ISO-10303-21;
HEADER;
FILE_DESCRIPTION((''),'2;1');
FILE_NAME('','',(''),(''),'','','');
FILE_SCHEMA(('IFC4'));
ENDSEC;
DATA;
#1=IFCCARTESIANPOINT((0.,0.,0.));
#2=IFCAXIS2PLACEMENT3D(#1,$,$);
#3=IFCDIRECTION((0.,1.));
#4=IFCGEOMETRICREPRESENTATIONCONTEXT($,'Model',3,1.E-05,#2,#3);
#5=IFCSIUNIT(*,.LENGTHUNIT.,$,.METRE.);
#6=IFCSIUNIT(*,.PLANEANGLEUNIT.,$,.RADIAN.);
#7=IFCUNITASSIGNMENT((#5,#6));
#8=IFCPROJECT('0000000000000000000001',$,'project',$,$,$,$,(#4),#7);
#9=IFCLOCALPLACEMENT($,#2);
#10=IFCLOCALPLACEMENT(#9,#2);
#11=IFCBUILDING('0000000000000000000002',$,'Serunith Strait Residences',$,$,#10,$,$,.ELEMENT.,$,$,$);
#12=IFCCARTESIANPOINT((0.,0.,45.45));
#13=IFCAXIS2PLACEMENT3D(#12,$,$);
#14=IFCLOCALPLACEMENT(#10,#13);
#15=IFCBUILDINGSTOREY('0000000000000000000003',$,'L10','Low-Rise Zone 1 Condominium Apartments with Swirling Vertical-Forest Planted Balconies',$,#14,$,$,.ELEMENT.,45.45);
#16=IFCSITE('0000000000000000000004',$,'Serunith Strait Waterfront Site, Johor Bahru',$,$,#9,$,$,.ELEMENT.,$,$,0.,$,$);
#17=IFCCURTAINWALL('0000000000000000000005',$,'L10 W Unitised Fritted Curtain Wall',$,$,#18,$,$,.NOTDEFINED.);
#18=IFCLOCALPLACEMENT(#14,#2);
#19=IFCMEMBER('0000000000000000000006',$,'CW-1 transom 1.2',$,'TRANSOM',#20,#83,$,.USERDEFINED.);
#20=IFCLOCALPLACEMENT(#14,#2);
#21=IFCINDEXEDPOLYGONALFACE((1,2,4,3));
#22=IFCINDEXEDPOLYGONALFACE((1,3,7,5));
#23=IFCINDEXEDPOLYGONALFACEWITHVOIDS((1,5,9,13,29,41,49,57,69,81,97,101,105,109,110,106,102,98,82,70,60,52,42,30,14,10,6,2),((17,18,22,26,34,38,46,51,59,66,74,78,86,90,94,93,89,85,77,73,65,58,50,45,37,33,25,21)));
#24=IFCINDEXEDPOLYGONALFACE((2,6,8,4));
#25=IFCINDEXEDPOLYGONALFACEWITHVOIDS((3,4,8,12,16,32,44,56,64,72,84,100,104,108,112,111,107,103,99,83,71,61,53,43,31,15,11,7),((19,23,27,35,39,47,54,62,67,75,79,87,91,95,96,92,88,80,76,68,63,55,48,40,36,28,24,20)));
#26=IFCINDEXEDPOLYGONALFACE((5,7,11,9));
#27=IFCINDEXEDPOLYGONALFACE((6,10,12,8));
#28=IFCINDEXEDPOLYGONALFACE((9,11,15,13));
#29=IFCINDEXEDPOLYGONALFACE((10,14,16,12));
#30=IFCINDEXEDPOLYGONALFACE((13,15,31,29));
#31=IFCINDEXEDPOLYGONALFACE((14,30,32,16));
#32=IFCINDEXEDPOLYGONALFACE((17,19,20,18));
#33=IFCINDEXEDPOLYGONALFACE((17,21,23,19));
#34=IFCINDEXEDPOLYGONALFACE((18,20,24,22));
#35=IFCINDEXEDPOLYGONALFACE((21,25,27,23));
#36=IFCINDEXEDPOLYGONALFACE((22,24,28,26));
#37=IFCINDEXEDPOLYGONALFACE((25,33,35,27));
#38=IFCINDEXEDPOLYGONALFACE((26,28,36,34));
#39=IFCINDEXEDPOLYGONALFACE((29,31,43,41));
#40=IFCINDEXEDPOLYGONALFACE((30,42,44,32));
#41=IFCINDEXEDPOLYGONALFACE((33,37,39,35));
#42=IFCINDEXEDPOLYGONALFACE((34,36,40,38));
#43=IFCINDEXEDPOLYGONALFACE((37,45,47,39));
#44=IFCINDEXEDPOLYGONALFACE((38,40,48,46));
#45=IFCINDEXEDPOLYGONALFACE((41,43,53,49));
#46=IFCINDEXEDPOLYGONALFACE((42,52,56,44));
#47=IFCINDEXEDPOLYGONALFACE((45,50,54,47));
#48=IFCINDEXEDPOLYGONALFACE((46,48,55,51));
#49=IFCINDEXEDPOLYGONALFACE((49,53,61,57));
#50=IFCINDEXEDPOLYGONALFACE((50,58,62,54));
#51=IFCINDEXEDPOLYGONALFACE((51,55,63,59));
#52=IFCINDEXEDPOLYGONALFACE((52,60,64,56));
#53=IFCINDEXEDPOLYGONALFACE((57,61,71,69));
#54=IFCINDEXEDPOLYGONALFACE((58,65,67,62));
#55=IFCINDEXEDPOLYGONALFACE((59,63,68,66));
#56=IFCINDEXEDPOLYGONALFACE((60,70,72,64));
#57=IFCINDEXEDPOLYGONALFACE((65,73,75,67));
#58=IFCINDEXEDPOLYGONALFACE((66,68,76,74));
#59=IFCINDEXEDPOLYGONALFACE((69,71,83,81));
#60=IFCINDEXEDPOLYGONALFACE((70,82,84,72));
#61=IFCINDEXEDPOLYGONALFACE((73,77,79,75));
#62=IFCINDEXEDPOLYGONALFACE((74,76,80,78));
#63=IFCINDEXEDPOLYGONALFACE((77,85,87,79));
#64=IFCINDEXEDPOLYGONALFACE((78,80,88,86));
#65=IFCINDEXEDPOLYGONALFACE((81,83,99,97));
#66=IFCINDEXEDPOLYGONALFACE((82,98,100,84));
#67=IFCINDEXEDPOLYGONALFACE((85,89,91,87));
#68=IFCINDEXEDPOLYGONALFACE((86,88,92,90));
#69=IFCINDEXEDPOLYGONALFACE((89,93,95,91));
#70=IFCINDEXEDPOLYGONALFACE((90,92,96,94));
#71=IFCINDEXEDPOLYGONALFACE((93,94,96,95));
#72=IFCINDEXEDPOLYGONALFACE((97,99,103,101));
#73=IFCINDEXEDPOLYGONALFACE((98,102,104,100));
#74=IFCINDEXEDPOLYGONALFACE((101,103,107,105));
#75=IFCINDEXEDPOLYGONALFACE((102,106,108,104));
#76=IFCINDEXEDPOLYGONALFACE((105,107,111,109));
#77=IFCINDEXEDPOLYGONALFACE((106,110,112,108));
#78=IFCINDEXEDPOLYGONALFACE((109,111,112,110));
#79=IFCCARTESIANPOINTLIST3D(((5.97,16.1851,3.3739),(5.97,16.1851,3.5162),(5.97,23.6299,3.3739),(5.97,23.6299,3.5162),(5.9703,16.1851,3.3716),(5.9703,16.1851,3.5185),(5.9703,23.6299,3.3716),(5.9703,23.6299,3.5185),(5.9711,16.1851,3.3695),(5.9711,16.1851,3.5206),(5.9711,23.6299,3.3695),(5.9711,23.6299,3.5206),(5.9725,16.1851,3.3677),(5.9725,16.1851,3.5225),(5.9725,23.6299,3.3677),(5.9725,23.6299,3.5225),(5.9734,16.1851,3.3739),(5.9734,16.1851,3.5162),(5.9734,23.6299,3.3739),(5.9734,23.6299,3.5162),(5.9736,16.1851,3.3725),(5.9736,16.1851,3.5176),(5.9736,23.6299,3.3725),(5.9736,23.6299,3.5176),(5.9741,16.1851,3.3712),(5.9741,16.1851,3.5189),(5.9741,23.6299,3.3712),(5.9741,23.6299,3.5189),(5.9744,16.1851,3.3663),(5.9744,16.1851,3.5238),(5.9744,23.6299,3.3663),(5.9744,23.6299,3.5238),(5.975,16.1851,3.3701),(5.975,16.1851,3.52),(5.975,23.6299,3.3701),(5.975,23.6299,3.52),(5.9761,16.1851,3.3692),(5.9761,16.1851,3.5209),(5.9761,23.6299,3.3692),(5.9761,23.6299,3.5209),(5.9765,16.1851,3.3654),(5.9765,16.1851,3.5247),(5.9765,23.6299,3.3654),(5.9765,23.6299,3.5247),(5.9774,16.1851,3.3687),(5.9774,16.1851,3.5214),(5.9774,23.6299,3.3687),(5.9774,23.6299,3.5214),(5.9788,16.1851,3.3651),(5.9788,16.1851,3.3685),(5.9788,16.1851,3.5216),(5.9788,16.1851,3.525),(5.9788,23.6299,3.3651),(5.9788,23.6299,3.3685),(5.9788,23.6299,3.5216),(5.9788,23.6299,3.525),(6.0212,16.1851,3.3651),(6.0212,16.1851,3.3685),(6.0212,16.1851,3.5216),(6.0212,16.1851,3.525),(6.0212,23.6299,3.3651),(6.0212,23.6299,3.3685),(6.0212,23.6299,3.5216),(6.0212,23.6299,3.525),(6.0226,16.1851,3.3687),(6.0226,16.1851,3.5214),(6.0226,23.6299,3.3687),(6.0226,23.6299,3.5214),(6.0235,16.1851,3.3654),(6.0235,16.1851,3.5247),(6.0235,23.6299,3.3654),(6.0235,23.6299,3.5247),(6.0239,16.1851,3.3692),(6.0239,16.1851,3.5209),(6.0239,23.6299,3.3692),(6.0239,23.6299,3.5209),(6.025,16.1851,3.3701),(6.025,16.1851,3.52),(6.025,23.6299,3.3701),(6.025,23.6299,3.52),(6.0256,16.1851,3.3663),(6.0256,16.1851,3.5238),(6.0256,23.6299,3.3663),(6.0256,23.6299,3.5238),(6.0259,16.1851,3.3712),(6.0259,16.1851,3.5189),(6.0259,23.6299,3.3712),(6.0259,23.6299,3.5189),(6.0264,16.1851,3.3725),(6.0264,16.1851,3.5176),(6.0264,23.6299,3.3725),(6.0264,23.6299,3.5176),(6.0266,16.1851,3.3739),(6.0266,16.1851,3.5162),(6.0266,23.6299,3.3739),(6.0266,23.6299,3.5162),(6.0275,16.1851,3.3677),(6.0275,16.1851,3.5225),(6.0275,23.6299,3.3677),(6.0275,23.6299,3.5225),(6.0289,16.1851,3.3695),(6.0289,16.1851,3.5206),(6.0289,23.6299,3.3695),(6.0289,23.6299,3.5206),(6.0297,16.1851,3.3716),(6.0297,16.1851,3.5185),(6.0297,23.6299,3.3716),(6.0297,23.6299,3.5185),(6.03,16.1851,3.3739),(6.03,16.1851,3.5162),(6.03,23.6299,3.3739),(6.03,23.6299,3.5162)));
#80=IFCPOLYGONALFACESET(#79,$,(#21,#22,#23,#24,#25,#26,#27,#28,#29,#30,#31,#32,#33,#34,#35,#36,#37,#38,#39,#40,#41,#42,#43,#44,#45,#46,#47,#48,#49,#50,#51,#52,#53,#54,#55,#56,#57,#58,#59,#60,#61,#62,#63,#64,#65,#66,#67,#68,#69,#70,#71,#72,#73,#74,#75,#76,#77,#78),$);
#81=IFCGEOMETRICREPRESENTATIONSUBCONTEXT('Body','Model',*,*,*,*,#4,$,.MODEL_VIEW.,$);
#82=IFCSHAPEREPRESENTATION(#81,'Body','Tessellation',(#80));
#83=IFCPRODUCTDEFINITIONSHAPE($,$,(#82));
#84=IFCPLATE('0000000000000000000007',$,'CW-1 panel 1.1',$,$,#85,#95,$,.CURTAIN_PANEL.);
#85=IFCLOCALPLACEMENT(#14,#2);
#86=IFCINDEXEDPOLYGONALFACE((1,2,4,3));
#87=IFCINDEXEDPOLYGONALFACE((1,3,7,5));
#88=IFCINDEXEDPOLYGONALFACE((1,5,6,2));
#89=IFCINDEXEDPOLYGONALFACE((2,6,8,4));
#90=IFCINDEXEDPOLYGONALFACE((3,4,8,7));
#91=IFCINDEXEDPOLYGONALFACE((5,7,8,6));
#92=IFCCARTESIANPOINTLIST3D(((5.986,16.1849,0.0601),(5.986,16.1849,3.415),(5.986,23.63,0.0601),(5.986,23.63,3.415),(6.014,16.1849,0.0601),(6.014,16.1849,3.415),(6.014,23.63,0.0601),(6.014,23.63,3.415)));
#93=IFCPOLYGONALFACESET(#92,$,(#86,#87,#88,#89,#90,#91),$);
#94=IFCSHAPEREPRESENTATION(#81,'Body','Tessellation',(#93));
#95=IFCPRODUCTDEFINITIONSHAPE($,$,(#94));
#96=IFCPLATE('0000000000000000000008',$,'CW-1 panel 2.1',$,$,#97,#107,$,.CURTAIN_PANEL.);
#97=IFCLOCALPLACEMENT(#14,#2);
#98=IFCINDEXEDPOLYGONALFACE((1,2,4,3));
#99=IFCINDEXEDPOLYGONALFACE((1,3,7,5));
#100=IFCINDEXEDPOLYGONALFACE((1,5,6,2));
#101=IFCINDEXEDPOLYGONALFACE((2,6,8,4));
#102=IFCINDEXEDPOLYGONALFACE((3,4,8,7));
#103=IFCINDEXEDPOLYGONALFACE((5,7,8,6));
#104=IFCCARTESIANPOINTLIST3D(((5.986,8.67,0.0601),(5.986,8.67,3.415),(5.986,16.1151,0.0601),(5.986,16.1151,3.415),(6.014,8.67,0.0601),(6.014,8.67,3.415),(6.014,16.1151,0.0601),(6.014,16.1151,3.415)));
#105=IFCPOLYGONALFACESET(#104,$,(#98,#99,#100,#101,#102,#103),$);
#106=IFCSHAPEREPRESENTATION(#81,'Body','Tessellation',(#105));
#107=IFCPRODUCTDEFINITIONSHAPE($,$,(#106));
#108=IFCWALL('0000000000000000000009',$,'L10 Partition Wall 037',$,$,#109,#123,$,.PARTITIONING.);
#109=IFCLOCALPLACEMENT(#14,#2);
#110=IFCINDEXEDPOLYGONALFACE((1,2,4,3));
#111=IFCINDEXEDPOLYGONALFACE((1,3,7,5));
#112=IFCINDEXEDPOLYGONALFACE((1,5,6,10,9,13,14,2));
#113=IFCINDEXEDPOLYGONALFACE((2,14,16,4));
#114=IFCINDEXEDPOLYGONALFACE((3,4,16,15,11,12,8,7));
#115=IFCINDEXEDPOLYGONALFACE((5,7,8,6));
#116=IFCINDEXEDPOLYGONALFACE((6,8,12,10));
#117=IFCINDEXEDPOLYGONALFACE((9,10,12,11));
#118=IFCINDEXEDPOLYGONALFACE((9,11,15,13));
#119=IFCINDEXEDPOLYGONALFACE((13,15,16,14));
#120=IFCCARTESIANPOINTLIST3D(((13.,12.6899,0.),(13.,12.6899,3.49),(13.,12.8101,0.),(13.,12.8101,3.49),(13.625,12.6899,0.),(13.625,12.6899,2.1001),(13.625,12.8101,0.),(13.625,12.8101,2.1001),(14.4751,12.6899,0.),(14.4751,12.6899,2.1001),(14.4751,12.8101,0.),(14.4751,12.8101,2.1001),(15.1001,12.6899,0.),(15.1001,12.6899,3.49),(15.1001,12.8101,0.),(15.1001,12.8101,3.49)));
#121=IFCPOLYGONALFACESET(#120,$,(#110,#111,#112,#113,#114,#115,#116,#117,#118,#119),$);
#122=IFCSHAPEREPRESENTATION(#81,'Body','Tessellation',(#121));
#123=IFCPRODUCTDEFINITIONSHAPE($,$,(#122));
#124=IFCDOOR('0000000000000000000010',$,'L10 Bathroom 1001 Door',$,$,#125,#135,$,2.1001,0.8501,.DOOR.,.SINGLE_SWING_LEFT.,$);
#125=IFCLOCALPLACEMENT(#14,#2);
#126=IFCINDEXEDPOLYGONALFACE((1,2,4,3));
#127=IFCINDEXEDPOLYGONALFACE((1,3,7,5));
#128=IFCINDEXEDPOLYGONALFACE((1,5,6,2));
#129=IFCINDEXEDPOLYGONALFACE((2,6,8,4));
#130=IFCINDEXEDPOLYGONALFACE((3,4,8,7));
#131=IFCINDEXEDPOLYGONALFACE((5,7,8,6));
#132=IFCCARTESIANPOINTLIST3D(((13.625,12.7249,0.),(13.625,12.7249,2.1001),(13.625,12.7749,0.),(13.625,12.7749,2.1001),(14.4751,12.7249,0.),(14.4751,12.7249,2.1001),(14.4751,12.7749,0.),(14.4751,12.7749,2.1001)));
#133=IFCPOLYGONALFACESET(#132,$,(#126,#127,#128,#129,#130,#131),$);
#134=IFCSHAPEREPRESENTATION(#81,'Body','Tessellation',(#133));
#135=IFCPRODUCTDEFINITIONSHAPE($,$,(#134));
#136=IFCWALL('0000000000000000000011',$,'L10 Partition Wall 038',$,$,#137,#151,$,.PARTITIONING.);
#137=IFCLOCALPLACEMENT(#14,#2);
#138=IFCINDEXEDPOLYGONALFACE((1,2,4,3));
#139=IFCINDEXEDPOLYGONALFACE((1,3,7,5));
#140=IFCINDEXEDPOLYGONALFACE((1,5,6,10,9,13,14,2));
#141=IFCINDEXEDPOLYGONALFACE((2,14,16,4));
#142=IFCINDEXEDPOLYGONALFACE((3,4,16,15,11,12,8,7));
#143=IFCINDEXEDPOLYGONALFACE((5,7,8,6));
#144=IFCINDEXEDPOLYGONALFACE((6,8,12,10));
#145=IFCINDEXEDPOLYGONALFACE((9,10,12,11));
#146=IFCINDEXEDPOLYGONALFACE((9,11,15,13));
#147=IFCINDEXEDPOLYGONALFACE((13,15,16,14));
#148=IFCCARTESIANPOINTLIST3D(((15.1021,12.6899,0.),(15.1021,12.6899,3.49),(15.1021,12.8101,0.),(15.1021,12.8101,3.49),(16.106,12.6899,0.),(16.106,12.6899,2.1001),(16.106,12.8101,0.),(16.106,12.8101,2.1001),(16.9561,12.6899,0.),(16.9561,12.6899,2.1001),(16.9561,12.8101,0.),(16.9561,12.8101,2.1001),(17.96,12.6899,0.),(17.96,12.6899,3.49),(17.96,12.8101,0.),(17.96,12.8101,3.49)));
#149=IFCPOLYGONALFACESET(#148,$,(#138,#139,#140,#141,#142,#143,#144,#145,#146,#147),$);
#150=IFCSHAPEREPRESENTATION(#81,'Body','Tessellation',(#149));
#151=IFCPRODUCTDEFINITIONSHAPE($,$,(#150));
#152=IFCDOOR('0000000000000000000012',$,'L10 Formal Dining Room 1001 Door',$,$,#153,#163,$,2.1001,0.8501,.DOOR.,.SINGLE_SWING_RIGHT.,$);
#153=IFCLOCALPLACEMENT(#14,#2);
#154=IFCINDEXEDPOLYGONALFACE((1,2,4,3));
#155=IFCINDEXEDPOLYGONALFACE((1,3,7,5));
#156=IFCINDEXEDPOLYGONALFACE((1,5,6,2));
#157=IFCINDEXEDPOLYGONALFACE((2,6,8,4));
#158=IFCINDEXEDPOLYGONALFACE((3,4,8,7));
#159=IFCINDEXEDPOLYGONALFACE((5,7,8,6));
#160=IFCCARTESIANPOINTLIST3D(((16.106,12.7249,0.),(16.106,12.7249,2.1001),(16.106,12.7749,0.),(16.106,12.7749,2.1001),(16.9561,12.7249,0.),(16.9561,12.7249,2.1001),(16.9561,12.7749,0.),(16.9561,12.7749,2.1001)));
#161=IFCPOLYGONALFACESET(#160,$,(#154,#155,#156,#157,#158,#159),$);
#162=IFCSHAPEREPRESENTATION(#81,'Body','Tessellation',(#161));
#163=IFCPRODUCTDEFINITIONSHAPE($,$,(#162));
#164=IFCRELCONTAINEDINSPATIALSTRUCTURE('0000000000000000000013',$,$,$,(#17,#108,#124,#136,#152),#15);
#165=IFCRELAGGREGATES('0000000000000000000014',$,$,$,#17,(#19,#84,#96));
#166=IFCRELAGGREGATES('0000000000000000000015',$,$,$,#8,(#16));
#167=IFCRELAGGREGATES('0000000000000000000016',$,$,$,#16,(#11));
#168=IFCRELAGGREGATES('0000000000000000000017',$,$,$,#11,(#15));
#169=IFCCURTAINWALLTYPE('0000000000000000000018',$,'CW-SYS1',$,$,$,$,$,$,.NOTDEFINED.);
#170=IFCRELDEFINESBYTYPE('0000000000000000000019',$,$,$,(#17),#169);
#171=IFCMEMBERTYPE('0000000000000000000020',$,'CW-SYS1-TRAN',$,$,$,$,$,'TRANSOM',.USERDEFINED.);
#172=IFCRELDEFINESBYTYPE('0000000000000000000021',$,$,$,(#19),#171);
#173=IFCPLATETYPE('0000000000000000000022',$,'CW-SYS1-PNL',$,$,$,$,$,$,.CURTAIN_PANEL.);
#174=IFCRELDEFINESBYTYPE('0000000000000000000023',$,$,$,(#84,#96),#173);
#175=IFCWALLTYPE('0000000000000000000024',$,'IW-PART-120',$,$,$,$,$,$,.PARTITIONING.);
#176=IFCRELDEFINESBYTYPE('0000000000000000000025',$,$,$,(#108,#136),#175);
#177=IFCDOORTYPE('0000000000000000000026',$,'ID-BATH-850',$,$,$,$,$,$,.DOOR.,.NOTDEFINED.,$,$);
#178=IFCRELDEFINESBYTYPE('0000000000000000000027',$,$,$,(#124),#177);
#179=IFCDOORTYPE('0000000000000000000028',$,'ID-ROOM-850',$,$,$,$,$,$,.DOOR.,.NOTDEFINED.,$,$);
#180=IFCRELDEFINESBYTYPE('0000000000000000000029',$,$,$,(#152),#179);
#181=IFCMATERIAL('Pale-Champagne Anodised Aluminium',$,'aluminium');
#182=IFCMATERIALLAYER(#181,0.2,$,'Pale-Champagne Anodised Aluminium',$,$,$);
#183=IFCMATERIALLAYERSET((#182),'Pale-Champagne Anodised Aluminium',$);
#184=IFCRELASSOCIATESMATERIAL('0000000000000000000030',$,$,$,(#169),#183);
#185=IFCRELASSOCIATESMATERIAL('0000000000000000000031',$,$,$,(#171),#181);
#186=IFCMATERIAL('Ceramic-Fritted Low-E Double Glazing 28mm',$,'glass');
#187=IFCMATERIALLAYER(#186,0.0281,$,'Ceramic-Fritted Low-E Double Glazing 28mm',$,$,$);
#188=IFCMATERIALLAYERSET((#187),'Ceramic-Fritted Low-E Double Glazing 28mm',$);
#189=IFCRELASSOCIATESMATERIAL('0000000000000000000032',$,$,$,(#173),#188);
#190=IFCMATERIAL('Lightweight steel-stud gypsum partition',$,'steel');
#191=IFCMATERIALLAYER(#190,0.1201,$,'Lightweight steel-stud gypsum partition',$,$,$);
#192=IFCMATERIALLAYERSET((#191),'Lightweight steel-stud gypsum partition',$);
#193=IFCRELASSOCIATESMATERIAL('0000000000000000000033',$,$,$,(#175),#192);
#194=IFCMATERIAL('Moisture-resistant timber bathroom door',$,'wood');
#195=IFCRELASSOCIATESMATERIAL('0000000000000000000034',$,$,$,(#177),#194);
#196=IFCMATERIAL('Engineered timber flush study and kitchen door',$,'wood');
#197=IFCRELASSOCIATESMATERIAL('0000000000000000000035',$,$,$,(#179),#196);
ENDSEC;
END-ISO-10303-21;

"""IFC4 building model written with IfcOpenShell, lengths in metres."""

from ifc_helpers import new_model, si_unit, direction, frame, frame_2d, origin, origin_2d, place, context, subcontext, project, spatial, rectangle, hollow_rectangle, extrude, source, transform, mapped, material, layer, layer_set, material_profile, profile_set, type_object, element, fill, aggregate, save


model = new_model("IFC4")

# Units and contexts
model_context = context("Model", 3, precision=1e-05, world=origin(), true_north=direction((0.0, 1.0)))
body_context = subcontext(model_context, "Body", "Model", "MODEL_VIEW")
ifc_project = project(units=[si_unit("LENGTHUNIT", "METRE"), si_unit("PLANEANGLEUNIT", "RADIAN")], contexts=[model_context])

# Site, building, storey
site_placement = place(None, origin())
site = spatial("IfcSite", under=ifc_project, at=site_placement, Name="Serunith Strait Waterfront Site, Johor Bahru", CompositionType="ELEMENT", RefElevation=0.0)
building_placement = place(site_placement, origin())
building = spatial("IfcBuilding", under=site, at=building_placement, Name="Serunith Strait Residences", CompositionType="ELEMENT")
storey_placement = place(building_placement, frame((0.0, 0.0, 45.45)))
storey = spatial("IfcBuildingStorey", under=building, at=storey_placement, Name="L10", Description="Low-Rise Zone 1 Condominium Apartments with Swirling Vertical-Forest Planted Balconies", CompositionType="ELEMENT", Elevation=45.45)

# Curtain wall, member, plates
ifc_material_1 = material(Name="Pale-Champagne Anodised Aluminium", Category="aluminium")
ifc_layer_1 = layer(ifc_material_1, 0.2, Name="Pale-Champagne Anodised Aluminium")
ifc_layer_set_1 = layer_set([ifc_layer_1], Name="Pale-Champagne Anodised Aluminium")
curtain_wall_type = type_object("IfcCurtainWallType", Name="CW-SYS1", PredefinedType="NOTDEFINED", material=ifc_layer_set_1)
curtain_wall_placement = place(storey_placement, origin())
curtain_wall = element("IfcCurtainWall", 1, at=curtain_wall_placement, inside=storey, type_object=curtain_wall_type, Name="L10 W Unitised Fritted Curtain Wall", PredefinedType="NOTDEFINED")
ifc_material_profile_1 = material_profile(ifc_material_1, hollow_rectangle(XDim=0.0601, YDim=0.1599, WallThickness=0.0034, InnerFilletRadius=0.0054, OuterFilletRadius=0.0088, at=origin_2d()), Name="ALU 160x60x3.5")
ifc_profile_set_1 = profile_set([ifc_material_profile_1], Name="Pale-Champagne Anodised Aluminium")
member_type_1 = type_object("IfcMemberType", Name="CW-SYS1-TRAN", ElementType="TRANSOM", PredefinedType="USERDEFINED", material=ifc_profile_set_1)
shared_shape_1 = source(origin(), body_context, "Body", "SweptSolid", [
    extrude(hollow_rectangle(XDim=0.0601, YDim=0.1599, WallThickness=0.0034, InnerFilletRadius=0.0054, OuterFilletRadius=0.0088, at=origin_2d()), origin(), (0.0, 0.0, 1.0), 7.4448),
])
member_1_placement = place(storey_placement, frame((6.0, 23.6299, 3.4451), z_axis=(0.0, -1.0, 0.0), x_axis=(1.0, 0.0, 0.0)))
member_1 = element("IfcMember", 2, at=member_1_placement, type_object=member_type_1, Name="CW-1 transom 1.2", ObjectType="TRANSOM", PredefinedType="USERDEFINED", context=body_context, shape_type="MappedRepresentation", body=[
    mapped(shared_shape_1, transform((0.0, 0.0, 0.0), scale=1.0)),
])
ifc_material_2 = material(Name="Ceramic-Fritted Low-E Double Glazing 28mm", Category="glass")
ifc_layer_2 = layer(ifc_material_2, 0.0281, Name="Ceramic-Fritted Low-E Double Glazing 28mm")
ifc_layer_set_2 = layer_set([ifc_layer_2], Name="Ceramic-Fritted Low-E Double Glazing 28mm")
plate_type = type_object("IfcPlateType", Name="CW-SYS1-PNL", PredefinedType="CURTAIN_PANEL", material=ifc_layer_set_2)
shared_shape_2 = source(origin(), body_context, "Body", "SweptSolid", [
    extrude(rectangle(XDim=7.4451, YDim=0.0281, at=origin_2d()), origin(), (0.0, 0.0, 1.0), 3.355),
])
plate_1_placement = place(storey_placement, frame((6.0, 19.9075, 0.0601), z_axis=(0.0, 0.0, 1.0), x_axis=(0.0, -1.0, 0.0)))
plate_1 = element("IfcPlate", 3, at=plate_1_placement, type_object=plate_type, Name="CW-1 panel 1.1", PredefinedType="CURTAIN_PANEL", context=body_context, shape_type="MappedRepresentation", body=[
    mapped(shared_shape_2, transform((0.0, 0.0, 0.0), scale=1.0)),
])
plate_2_placement = place(storey_placement, frame((6.0, 12.3926, 0.0601), z_axis=(0.0, 0.0, 1.0), x_axis=(0.0, -1.0, 0.0)))
plate_2 = element("IfcPlate", 4, at=plate_2_placement, type_object=plate_type, Name="CW-1 panel 2.1", PredefinedType="CURTAIN_PANEL", context=body_context, shape_type="MappedRepresentation", body=[
    mapped(shared_shape_2, transform((0.0, 0.0, 0.0), scale=1.0)),
])
aggregate(curtain_wall, [member_1, plate_1, plate_2])

# Walls, openings, doors
ifc_material_3 = material(Name="Lightweight steel-stud gypsum partition", Category="steel")
ifc_layer_3 = layer(ifc_material_3, 0.1201, Name="Lightweight steel-stud gypsum partition")
ifc_layer_set_3 = layer_set([ifc_layer_3], Name="Lightweight steel-stud gypsum partition")
wall_type_1 = type_object("IfcWallType", Name="IW-PART-120", PredefinedType="PARTITIONING", material=ifc_layer_set_3)
wall_1_placement = place(storey_placement, frame((13.0, 12.75, 0.0), z_axis=(0.0, 0.0, 1.0), x_axis=(1.0, 0.0, 0.0)))
wall_1 = element("IfcWall", 5, at=wall_1_placement, inside=storey, type_object=wall_type_1, Name="L10 Partition Wall 037", PredefinedType="PARTITIONING", context=body_context, shape_type="SweptSolid", body=[
    extrude(rectangle(XDim=2.1001, YDim=0.1201, at=frame_2d((1.05, 0.0))), origin(), (0.0, 0.0, 1.0), 3.49),
])
opening_1_placement = place(wall_1_placement, frame((0.625, 0.0, 0.0)))
opening_1 = element("IfcOpeningElement", 6, at=opening_1_placement, cuts=wall_1, PredefinedType="OPENING", context=body_context, shape_type="SweptSolid", body=[
    extrude(rectangle(XDim=0.8501, YDim=2.1001, at=frame_2d((0.425, 1.05))), frame((0.0, 0.0701, 0.0), z_axis=(0.0, -1.0, 0.0), x_axis=(1.0, 0.0, 0.0)), (0.0, 0.0, 1.0), 0.1401),
])
ifc_material_4 = material(Name="Moisture-resistant timber bathroom door", Category="wood")
door_type_1 = type_object("IfcDoorType", Name="ID-BATH-850", OperationType="NOTDEFINED", PredefinedType="DOOR", material=ifc_material_4)
shared_shape_3 = source(origin(), body_context, "Body", "SweptSolid", [
    extrude(rectangle(XDim=0.8501, YDim=2.1001, at=frame_2d((0.425, 1.05))), frame((0.0, 0.0249, 0.0), z_axis=(0.0, -1.0, 0.0), x_axis=(1.0, 0.0, 0.0)), (0.0, 0.0, 1.0), 0.05),
])
door_1_placement = place(opening_1_placement, origin())
door_1 = element("IfcDoor", 7, at=door_1_placement, inside=storey, type_object=door_type_1, Name="L10 Bathroom 1001 Door", OperationType="SINGLE_SWING_LEFT", OverallHeight=2.1001, OverallWidth=0.8501, PredefinedType="DOOR", context=body_context, shape_type="MappedRepresentation", body=[
    mapped(shared_shape_3, transform((0.0, 0.0, 0.0), scale=1.0)),
])
fill(opening_1, door_1)
wall_2_placement = place(storey_placement, frame((15.1021, 12.75, 0.0), z_axis=(0.0, 0.0, 1.0), x_axis=(1.0, 0.0, 0.0)))
wall_2 = element("IfcWall", 8, at=wall_2_placement, inside=storey, type_object=wall_type_1, Name="L10 Partition Wall 038", PredefinedType="PARTITIONING", context=body_context, shape_type="SweptSolid", body=[
    extrude(rectangle(XDim=2.8579, YDim=0.1201, at=frame_2d((1.429, 0.0))), origin(), (0.0, 0.0, 1.0), 3.49),
])
opening_2_placement = place(wall_2_placement, frame((1.0039, 0.0, 0.0)))
opening_2 = element("IfcOpeningElement", 9, at=opening_2_placement, cuts=wall_2, PredefinedType="OPENING", context=body_context, shape_type="SweptSolid", body=[
    extrude(rectangle(XDim=0.8501, YDim=2.1001, at=frame_2d((0.425, 1.05))), frame((0.0, 0.0701, 0.0), z_axis=(0.0, -1.0, 0.0), x_axis=(1.0, 0.0, 0.0)), (0.0, 0.0, 1.0), 0.1401),
])
ifc_material_5 = material(Name="Engineered timber flush study and kitchen door", Category="wood")
door_type_2 = type_object("IfcDoorType", Name="ID-ROOM-850", OperationType="NOTDEFINED", PredefinedType="DOOR", material=ifc_material_5)
door_2_placement = place(opening_2_placement, origin())
door_2 = element("IfcDoor", 10, at=door_2_placement, inside=storey, type_object=door_type_2, Name="L10 Formal Dining Room 1001 Door", OperationType="SINGLE_SWING_RIGHT", OverallHeight=2.1001, OverallWidth=0.8501, PredefinedType="DOOR", context=body_context, shape_type="MappedRepresentation", body=[
    mapped(shared_shape_3, transform((0.0, 0.0, 0.0), scale=1.0)),
])
fill(opening_2, door_2)

save(model, "model.ifc")
